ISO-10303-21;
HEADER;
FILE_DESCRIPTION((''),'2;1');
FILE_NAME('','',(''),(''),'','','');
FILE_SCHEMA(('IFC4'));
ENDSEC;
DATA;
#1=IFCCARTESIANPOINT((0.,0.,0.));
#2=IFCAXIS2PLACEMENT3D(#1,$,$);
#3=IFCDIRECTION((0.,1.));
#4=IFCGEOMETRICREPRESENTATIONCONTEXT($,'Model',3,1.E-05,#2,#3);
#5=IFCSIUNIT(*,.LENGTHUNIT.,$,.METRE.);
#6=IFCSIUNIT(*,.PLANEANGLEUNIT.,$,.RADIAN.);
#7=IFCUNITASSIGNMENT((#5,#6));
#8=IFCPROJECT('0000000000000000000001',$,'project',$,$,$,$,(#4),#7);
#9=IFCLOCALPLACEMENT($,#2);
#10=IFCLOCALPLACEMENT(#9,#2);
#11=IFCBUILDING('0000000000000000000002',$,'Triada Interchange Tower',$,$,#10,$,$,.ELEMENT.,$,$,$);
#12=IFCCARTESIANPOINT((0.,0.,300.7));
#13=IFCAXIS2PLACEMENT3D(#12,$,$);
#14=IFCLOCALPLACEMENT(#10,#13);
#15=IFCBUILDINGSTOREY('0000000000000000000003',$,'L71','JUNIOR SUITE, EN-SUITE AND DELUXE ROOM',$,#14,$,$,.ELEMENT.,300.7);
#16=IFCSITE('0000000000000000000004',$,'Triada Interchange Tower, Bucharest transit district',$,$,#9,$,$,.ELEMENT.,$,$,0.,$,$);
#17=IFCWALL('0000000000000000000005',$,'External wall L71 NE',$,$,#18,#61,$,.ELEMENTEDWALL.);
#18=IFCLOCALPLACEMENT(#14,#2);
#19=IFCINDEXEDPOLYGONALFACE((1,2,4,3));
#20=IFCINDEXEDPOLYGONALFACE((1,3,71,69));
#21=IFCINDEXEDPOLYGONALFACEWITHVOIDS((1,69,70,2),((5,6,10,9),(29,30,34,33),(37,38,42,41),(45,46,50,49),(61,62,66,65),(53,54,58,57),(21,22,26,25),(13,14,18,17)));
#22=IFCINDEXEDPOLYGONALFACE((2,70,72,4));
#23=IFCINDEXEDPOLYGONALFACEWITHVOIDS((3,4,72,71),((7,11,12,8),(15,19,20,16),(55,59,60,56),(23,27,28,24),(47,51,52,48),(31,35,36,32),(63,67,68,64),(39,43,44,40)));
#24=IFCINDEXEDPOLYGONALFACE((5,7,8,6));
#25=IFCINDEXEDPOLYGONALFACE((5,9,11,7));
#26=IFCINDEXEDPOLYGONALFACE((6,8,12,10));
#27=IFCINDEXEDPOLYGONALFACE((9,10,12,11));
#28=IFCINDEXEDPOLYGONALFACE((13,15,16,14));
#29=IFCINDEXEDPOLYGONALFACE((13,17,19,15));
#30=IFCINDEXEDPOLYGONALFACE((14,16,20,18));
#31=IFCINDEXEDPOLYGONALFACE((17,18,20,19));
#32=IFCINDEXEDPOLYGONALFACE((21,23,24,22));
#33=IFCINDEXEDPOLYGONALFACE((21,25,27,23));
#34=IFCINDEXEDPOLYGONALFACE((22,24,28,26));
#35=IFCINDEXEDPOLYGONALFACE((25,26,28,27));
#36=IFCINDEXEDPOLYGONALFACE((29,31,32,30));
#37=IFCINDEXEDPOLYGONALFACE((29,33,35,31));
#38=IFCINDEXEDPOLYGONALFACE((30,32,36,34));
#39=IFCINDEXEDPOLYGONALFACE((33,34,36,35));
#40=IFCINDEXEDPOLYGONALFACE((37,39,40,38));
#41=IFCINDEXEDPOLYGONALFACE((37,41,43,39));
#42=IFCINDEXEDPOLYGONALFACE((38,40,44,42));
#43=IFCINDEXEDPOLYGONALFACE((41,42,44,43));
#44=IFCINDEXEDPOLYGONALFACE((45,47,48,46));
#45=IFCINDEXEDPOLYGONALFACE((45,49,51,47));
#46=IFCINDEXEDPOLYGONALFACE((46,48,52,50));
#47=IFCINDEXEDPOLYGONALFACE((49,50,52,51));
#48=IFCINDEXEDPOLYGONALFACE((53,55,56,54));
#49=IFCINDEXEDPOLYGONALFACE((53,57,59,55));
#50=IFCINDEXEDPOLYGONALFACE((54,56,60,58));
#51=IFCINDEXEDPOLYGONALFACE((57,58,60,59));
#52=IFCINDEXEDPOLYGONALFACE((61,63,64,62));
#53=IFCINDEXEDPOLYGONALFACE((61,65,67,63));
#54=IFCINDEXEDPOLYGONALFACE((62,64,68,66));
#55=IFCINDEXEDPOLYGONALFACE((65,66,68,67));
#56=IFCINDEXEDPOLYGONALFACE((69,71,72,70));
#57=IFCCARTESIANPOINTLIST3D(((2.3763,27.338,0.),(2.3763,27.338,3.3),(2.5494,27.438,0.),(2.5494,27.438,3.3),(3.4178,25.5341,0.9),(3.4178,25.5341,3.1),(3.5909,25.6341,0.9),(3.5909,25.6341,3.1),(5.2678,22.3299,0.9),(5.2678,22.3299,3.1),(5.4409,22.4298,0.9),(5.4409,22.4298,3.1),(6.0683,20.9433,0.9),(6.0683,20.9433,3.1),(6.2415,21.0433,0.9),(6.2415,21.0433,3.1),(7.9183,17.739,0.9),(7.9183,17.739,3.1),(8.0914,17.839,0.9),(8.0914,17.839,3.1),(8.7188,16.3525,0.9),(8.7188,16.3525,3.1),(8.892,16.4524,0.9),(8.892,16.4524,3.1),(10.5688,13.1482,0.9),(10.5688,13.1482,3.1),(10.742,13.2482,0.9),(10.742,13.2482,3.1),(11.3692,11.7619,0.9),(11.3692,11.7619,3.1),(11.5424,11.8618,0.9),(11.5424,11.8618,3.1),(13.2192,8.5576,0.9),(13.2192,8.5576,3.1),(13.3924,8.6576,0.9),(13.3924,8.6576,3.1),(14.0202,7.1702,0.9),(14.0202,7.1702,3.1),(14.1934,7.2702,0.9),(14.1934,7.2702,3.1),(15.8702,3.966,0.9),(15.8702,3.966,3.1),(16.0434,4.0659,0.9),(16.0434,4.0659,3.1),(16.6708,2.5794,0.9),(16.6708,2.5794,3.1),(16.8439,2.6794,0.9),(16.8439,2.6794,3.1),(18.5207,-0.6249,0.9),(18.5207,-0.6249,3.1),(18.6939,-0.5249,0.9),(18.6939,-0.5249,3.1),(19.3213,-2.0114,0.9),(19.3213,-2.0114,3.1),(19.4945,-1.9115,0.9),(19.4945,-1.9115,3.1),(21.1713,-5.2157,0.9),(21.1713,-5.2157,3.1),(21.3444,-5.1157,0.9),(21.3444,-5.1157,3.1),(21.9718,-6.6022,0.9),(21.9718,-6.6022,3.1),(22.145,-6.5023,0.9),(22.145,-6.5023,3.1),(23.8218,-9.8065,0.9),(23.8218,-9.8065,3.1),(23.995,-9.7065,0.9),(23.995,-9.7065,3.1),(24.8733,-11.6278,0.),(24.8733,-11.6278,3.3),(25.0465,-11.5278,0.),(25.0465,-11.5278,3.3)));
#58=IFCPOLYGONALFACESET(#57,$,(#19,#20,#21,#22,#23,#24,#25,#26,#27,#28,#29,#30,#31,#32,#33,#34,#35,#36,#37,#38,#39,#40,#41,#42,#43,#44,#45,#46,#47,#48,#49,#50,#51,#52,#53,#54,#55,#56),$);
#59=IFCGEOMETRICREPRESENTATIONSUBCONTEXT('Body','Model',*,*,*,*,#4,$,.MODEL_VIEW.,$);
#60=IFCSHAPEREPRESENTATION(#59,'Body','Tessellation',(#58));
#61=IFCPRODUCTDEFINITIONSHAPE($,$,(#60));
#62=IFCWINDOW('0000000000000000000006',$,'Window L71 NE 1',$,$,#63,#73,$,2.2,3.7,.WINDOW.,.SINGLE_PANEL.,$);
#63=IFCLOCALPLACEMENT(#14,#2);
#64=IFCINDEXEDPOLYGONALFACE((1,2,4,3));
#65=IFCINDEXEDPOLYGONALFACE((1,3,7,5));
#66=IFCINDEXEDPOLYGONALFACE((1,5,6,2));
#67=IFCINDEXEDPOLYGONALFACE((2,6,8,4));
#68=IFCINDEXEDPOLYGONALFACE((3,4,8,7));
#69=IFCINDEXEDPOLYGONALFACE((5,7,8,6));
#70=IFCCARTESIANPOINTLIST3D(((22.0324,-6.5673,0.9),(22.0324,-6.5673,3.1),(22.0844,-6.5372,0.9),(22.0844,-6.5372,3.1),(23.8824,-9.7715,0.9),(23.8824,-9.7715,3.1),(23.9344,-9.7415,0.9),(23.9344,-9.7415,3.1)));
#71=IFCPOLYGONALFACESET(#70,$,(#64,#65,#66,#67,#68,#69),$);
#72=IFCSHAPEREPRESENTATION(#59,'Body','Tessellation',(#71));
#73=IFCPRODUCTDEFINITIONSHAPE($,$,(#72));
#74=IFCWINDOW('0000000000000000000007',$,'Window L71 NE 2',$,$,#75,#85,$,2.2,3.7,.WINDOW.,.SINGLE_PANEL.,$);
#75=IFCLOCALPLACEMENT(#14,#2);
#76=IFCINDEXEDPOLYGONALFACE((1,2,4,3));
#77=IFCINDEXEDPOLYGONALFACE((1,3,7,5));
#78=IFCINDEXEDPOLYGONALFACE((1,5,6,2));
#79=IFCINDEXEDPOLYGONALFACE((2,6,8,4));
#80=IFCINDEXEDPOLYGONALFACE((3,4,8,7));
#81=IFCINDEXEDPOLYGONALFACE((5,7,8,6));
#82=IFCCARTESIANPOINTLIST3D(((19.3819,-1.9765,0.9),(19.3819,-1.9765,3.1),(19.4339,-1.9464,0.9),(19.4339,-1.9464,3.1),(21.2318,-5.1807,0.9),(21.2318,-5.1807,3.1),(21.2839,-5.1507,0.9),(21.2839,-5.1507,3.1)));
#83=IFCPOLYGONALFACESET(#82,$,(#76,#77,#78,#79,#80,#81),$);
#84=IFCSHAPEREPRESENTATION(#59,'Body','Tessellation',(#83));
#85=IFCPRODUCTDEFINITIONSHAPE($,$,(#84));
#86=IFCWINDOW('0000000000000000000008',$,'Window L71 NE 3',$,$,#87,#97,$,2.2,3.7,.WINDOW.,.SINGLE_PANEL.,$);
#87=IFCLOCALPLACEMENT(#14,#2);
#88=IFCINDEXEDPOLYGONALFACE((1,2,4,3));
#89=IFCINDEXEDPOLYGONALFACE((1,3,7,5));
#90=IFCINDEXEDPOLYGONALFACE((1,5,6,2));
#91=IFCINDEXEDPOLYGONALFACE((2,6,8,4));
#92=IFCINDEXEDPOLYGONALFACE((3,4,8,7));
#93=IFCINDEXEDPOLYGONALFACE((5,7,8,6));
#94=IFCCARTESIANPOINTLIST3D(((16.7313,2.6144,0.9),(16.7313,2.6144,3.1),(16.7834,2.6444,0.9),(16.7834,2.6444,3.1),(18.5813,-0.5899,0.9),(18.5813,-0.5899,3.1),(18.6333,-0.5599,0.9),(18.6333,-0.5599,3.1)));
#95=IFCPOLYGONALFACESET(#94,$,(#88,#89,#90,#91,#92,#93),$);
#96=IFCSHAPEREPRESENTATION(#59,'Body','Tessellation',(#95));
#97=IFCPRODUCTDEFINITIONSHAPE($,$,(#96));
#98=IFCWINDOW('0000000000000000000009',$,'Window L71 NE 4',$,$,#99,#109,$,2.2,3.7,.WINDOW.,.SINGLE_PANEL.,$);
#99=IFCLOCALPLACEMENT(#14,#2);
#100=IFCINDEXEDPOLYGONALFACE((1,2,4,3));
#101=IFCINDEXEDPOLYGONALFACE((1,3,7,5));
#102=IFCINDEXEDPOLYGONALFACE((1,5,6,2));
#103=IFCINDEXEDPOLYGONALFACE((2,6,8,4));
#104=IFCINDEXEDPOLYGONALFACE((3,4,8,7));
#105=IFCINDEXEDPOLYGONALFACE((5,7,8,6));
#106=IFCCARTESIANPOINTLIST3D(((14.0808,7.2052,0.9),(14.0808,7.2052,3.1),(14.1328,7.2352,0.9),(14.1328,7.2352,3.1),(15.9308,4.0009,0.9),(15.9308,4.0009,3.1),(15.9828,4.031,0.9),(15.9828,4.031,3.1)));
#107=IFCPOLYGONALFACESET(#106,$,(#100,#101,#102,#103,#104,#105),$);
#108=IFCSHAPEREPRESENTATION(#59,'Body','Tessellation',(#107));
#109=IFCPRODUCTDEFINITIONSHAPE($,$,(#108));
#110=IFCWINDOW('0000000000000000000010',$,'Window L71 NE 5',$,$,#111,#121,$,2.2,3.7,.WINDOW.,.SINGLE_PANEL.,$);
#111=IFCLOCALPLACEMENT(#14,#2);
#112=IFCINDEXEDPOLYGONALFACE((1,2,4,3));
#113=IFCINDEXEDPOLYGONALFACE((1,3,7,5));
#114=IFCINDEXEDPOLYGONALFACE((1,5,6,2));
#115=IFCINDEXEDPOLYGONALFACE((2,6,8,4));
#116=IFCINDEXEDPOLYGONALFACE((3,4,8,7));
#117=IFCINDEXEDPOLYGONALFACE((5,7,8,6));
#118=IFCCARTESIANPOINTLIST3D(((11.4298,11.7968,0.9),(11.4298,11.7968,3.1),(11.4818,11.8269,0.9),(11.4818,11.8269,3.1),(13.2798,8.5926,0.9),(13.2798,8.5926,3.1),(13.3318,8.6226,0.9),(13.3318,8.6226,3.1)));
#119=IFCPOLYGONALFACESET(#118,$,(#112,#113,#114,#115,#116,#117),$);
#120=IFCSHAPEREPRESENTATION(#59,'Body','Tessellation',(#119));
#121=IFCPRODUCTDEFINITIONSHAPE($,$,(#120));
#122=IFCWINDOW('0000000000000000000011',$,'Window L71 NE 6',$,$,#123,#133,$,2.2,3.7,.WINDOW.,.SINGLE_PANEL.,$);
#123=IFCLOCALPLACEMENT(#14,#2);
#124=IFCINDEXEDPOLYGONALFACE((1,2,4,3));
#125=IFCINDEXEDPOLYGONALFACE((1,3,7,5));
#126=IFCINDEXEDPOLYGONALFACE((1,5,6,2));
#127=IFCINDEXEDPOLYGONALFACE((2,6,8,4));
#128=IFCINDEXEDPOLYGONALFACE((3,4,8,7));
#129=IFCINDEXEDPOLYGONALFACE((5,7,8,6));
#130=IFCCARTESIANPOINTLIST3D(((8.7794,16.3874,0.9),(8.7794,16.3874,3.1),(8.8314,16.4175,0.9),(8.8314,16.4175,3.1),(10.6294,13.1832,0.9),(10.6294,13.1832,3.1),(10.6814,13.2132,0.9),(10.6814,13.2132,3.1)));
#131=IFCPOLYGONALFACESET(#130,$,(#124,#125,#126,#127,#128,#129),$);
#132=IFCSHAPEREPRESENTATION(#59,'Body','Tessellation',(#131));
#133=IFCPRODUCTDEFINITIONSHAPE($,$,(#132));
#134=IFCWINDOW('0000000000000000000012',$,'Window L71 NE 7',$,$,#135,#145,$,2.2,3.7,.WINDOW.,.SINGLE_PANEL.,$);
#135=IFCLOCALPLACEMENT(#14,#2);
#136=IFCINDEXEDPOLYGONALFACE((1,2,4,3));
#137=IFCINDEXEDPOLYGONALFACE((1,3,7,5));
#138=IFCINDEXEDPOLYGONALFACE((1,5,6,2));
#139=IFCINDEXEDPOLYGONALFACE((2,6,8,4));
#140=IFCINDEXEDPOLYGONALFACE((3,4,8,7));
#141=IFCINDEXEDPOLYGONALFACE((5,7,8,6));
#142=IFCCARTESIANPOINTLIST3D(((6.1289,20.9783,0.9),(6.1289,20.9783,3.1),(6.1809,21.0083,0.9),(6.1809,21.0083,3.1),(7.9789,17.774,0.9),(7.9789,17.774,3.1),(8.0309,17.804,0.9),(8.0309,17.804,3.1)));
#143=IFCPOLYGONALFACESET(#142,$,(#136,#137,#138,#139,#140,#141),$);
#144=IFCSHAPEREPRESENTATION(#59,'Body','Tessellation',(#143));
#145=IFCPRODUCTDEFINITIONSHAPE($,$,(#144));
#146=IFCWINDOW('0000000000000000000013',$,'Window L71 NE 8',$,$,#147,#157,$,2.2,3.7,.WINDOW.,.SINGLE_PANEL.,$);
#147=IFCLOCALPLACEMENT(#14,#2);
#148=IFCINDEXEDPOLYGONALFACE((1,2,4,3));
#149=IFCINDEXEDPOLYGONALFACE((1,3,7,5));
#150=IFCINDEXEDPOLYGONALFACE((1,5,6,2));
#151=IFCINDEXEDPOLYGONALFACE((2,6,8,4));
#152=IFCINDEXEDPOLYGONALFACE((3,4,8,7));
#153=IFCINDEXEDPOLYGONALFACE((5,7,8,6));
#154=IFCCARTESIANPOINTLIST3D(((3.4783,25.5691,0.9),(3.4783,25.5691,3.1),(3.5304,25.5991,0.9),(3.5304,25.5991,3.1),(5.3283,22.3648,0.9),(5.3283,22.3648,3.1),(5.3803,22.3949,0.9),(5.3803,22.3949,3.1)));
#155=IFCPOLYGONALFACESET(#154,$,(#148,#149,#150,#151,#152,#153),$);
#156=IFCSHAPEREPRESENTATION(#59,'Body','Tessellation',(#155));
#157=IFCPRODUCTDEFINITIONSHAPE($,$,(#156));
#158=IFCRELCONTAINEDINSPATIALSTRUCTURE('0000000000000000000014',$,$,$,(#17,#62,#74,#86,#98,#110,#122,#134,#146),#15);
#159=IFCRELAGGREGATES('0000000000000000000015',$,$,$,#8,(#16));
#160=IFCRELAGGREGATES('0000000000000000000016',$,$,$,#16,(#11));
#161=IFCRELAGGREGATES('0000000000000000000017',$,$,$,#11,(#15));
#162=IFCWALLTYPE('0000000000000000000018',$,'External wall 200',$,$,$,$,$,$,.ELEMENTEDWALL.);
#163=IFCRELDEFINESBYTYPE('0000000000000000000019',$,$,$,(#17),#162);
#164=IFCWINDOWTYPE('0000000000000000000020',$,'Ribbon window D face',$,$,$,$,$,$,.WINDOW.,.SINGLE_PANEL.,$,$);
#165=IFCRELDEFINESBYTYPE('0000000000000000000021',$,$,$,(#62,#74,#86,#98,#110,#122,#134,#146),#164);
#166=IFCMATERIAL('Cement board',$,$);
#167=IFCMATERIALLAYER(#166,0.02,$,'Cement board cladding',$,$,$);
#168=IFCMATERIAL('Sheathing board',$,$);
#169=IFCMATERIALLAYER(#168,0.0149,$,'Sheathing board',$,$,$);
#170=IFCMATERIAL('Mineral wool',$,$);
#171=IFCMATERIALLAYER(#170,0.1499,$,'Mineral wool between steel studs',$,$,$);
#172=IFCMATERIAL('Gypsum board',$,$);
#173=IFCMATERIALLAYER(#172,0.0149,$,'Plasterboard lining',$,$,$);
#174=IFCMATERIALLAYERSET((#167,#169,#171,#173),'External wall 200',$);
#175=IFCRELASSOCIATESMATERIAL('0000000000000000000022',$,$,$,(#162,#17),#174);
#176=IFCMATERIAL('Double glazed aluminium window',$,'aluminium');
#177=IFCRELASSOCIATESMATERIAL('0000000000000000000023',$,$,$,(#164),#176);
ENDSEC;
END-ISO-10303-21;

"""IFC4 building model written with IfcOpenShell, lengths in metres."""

from ifc_helpers import new_model, si_unit, direction, frame, frame_2d, origin, place, context, subcontext, project, spatial, rectangle, extrude, material, layer, layer_set, layer_usage, type_object, element, fill, save


model = new_model("IFC4")

# Units and contexts
model_context = context("Model", 3, precision=1e-05, world=origin(), true_north=direction((0.0, 1.0)))
body_context = subcontext(model_context, "Body", "Model", "MODEL_VIEW")
ifc_project = project(units=[si_unit("LENGTHUNIT", "METRE"), si_unit("PLANEANGLEUNIT", "RADIAN")], contexts=[model_context])

# Site, building, storey
site_placement = place(None, origin())
site = spatial("IfcSite", under=ifc_project, at=site_placement, Name="Triada Interchange Tower, Bucharest transit district", CompositionType="ELEMENT", RefElevation=0.0)
building_placement = place(site_placement, origin())
building = spatial("IfcBuilding", under=site, at=building_placement, Name="Triada Interchange Tower", CompositionType="ELEMENT")
storey_placement = place(building_placement, frame((0.0, 0.0, 300.7)))
storey = spatial("IfcBuildingStorey", under=building, at=storey_placement, Name="L71", Description="JUNIOR SUITE, EN-SUITE AND DELUXE ROOM", CompositionType="ELEMENT", Elevation=300.7)

# Shared definitions
ifc_material_1 = material(Name="Cement board")
ifc_layer_1 = layer(ifc_material_1, 0.02, Name="Cement board cladding")
ifc_material_2 = material(Name="Sheathing board")
ifc_layer_2 = layer(ifc_material_2, 0.0149, Name="Sheathing board")
ifc_material_3 = material(Name="Mineral wool")
ifc_layer_3 = layer(ifc_material_3, 0.1499, Name="Mineral wool between steel studs")
ifc_material_4 = material(Name="Gypsum board")
ifc_layer_4 = layer(ifc_material_4, 0.0149, Name="Plasterboard lining")
ifc_layer_set_1 = layer_set([ifc_layer_1, ifc_layer_2, ifc_layer_3, ifc_layer_4], Name="External wall 200")
ifc_layer_usage = layer_usage(ifc_layer_set_1, "AXIS2", "POSITIVE", -0.1001)
wall_type = type_object("IfcWallType", Name="External wall 200", PredefinedType="ELEMENTEDWALL", material=ifc_layer_set_1)
ifc_material_5 = material(Name="Double glazed aluminium window", Category="aluminium")

# Wall, openings, windows
wall_1_placement = place(storey_placement, frame((24.96, -11.5779, 0.0), z_axis=(0.0, 0.0, 1.0), x_axis=(-0.500002, 0.866024, 0.0)))
wall_1 = element("IfcWall", 1, at=wall_1_placement, inside=storey, type_object=wall_type, material=ifc_layer_usage, Name="External wall L71 NE", PredefinedType="ELEMENTEDWALL", context=body_context, shape_type="SweptSolid", body=[
    extrude(rectangle(XDim=44.9939, YDim=0.2, at=frame_2d((22.4971, 0.0))), origin(), (0.0, 0.0, 1.0), 3.3),
])
opening_1_placement = place(wall_1_placement, frame((2.103, 0.0, 0.8999)))
opening_1 = element("IfcOpeningElement", 2, at=opening_1_placement, cuts=wall_1, PredefinedType="OPENING", context=body_context, shape_type="SweptSolid", body=[
    extrude(rectangle(XDim=3.7, YDim=2.2, at=frame_2d((1.8501, 1.1001))), frame((0.0, 0.1099, 0.0), z_axis=(0.0, -1.0, 0.0), x_axis=(1.0, 0.0, 0.0)), (0.0, 0.0, 1.0), 0.22),
])
opening_2_placement = place(wall_1_placement, frame((7.4041, 0.0, 0.8999)))
opening_2 = element("IfcOpeningElement", 3, at=opening_2_placement, cuts=wall_1, PredefinedType="OPENING", context=body_context, shape_type="SweptSolid", body=[
    extrude(rectangle(XDim=3.7, YDim=2.2, at=frame_2d((1.8501, 1.1001))), frame((0.0, 0.1099, 0.0), z_axis=(0.0, -1.0, 0.0), x_axis=(1.0, 0.0, 0.0)), (0.0, 0.0, 1.0), 0.22),
])
opening_3_placement = place(wall_1_placement, frame((12.7051, 0.0, 0.8999)))
opening_3 = element("IfcOpeningElement", 4, at=opening_3_placement, cuts=wall_1, PredefinedType="OPENING", context=body_context, shape_type="SweptSolid", body=[
    extrude(rectangle(XDim=3.7, YDim=2.2, at=frame_2d((1.8501, 1.1001))), frame((0.0, 0.1099, 0.0), z_axis=(0.0, -1.0, 0.0), x_axis=(1.0, 0.0, 0.0)), (0.0, 0.0, 1.0), 0.22),
])
opening_4_placement = place(wall_1_placement, frame((18.0061, 0.0, 0.8999)))
opening_4 = element("IfcOpeningElement", 5, at=opening_4_placement, cuts=wall_1, PredefinedType="OPENING", context=body_context, shape_type="SweptSolid", body=[
    extrude(rectangle(XDim=3.7, YDim=2.2, at=frame_2d((1.8501, 1.1001))), frame((0.0, 0.1099, 0.0), z_axis=(0.0, -1.0, 0.0), x_axis=(1.0, 0.0, 0.0)), (0.0, 0.0, 1.0), 0.22),
])
opening_5_placement = place(wall_1_placement, frame((23.3081, 0.0, 0.8999)))
opening_5 = element("IfcOpeningElement", 6, at=opening_5_placement, cuts=wall_1, PredefinedType="OPENING", context=body_context, shape_type="SweptSolid", body=[
    extrude(rectangle(XDim=3.7, YDim=2.2, at=frame_2d((1.8501, 1.1001))), frame((0.0, 0.1099, 0.0), z_axis=(0.0, -1.0, 0.0), x_axis=(1.0, 0.0, 0.0)), (0.0, 0.0, 1.0), 0.22),
])
opening_6_placement = place(wall_1_placement, frame((28.6089, 0.0, 0.8999)))
opening_6 = element("IfcOpeningElement", 7, at=opening_6_placement, cuts=wall_1, PredefinedType="OPENING", context=body_context, shape_type="SweptSolid", body=[
    extrude(rectangle(XDim=3.7, YDim=2.2, at=frame_2d((1.8501, 1.1001))), frame((0.0, 0.1099, 0.0), z_axis=(0.0, -1.0, 0.0), x_axis=(1.0, 0.0, 0.0)), (0.0, 0.0, 1.0), 0.22),
])
opening_7_placement = place(wall_1_placement, frame((33.9099, 0.0, 0.8999)))
opening_7 = element("IfcOpeningElement", 8, at=opening_7_placement, cuts=wall_1, PredefinedType="OPENING", context=body_context, shape_type="SweptSolid", body=[
    extrude(rectangle(XDim=3.7, YDim=2.2, at=frame_2d((1.8501, 1.1001))), frame((0.0, 0.1099, 0.0), z_axis=(0.0, -1.0, 0.0), x_axis=(1.0, 0.0, 0.0)), (0.0, 0.0, 1.0), 0.22),
])
opening_8_placement = place(wall_1_placement, frame((39.2109, 0.0, 0.8999)))
opening_8 = element("IfcOpeningElement", 9, at=opening_8_placement, cuts=wall_1, PredefinedType="OPENING", context=body_context, shape_type="SweptSolid", body=[
    extrude(rectangle(XDim=3.7, YDim=2.2, at=frame_2d((1.8501, 1.1001))), frame((0.0, 0.1099, 0.0), z_axis=(0.0, -1.0, 0.0), x_axis=(1.0, 0.0, 0.0)), (0.0, 0.0, 1.0), 0.22),
])
window_type_1 = type_object("IfcWindowType", Name="Ribbon window D face", PartitioningType="SINGLE_PANEL", PredefinedType="WINDOW", material=ifc_material_5)
window_1_placement = place(opening_1_placement, origin())
window_1 = element("IfcWindow", 10, at=window_1_placement, inside=storey, type_object=window_type_1, Name="Window L71 NE 1", OverallHeight=2.2, OverallWidth=3.7, PartitioningType="SINGLE_PANEL", PredefinedType="WINDOW", context=body_context, shape_type="SweptSolid", body=[
    extrude(rectangle(XDim=3.7, YDim=2.2, at=frame_2d((1.8501, 1.1001))), frame((0.0, 0.03, 0.0), z_axis=(0.0, -1.0, 0.0), x_axis=(1.0, 0.0, 0.0)), (0.0, 0.0, 1.0), 0.0601),
])
fill(opening_1, window_1)
window_2_placement = place(opening_2_placement, origin())
window_2 = element("IfcWindow", 11, at=window_2_placement, inside=storey, type_object=window_type_1, Name="Window L71 NE 2", OverallHeight=2.2, OverallWidth=3.7, PartitioningType="SINGLE_PANEL", PredefinedType="WINDOW", context=body_context, shape_type="SweptSolid", body=[
    extrude(rectangle(XDim=3.7, YDim=2.2, at=frame_2d((1.8501, 1.1001))), frame((0.0, 0.03, 0.0), z_axis=(0.0, -1.0, 0.0), x_axis=(1.0, 0.0, 0.0)), (0.0, 0.0, 1.0), 0.0601),
])
fill(opening_2, window_2)
window_3_placement = place(opening_3_placement, origin())
window_3 = element("IfcWindow", 12, at=window_3_placement, inside=storey, type_object=window_type_1, Name="Window L71 NE 3", OverallHeight=2.2, OverallWidth=3.7, PartitioningType="SINGLE_PANEL", PredefinedType="WINDOW", context=body_context, shape_type="SweptSolid", body=[
    extrude(rectangle(XDim=3.7, YDim=2.2, at=frame_2d((1.8501, 1.1001))), frame((0.0, 0.03, 0.0), z_axis=(0.0, -1.0, 0.0), x_axis=(1.0, 0.0, 0.0)), (0.0, 0.0, 1.0), 0.0601),
])
fill(opening_3, window_3)
window_4_placement = place(opening_4_placement, origin())
window_4 = element("IfcWindow", 13, at=window_4_placement, inside=storey, type_object=window_type_1, Name="Window L71 NE 4", OverallHeight=2.2, OverallWidth=3.7, PartitioningType="SINGLE_PANEL", PredefinedType="WINDOW", context=body_context, shape_type="SweptSolid", body=[
    extrude(rectangle(XDim=3.7, YDim=2.2, at=frame_2d((1.8501, 1.1001))), frame((0.0, 0.03, 0.0), z_axis=(0.0, -1.0, 0.0), x_axis=(1.0, 0.0, 0.0)), (0.0, 0.0, 1.0), 0.0601),
])
fill(opening_4, window_4)
window_5_placement = place(opening_5_placement, origin())
window_5 = element("IfcWindow", 14, at=window_5_placement, inside=storey, type_object=window_type_1, Name="Window L71 NE 5", OverallHeight=2.2, OverallWidth=3.7, PartitioningType="SINGLE_PANEL", PredefinedType="WINDOW", context=body_context, shape_type="SweptSolid", body=[
    extrude(rectangle(XDim=3.7, YDim=2.2, at=frame_2d((1.8501, 1.1001))), frame((0.0, 0.03, 0.0), z_axis=(0.0, -1.0, 0.0), x_axis=(1.0, 0.0, 0.0)), (0.0, 0.0, 1.0), 0.0601),
])
fill(opening_5, window_5)
window_6_placement = place(opening_6_placement, origin())
window_6 = element("IfcWindow", 15, at=window_6_placement, inside=storey, type_object=window_type_1, Name="Window L71 NE 6", OverallHeight=2.2, OverallWidth=3.7, PartitioningType="SINGLE_PANEL", PredefinedType="WINDOW", context=body_context, shape_type="SweptSolid", body=[
    extrude(rectangle(XDim=3.7, YDim=2.2, at=frame_2d((1.8501, 1.1001))), frame((0.0, 0.03, 0.0), z_axis=(0.0, -1.0, 0.0), x_axis=(1.0, 0.0, 0.0)), (0.0, 0.0, 1.0), 0.0601),
])
fill(opening_6, window_6)
window_7_placement = place(opening_7_placement, origin())
window_7 = element("IfcWindow", 16, at=window_7_placement, inside=storey, type_object=window_type_1, Name="Window L71 NE 7", OverallHeight=2.2, OverallWidth=3.7, PartitioningType="SINGLE_PANEL", PredefinedType="WINDOW", context=body_context, shape_type="SweptSolid", body=[
    extrude(rectangle(XDim=3.7, YDim=2.2, at=frame_2d((1.8501, 1.1001))), frame((0.0, 0.03, 0.0), z_axis=(0.0, -1.0, 0.0), x_axis=(1.0, 0.0, 0.0)), (0.0, 0.0, 1.0), 0.0601),
])
fill(opening_7, window_7)
window_8_placement = place(opening_8_placement, origin())
window_8 = element("IfcWindow", 17, at=window_8_placement, inside=storey, type_object=window_type_1, Name="Window L71 NE 8", OverallHeight=2.2, OverallWidth=3.7, PartitioningType="SINGLE_PANEL", PredefinedType="WINDOW", context=body_context, shape_type="SweptSolid", body=[
    extrude(rectangle(XDim=3.7, YDim=2.2, at=frame_2d((1.8501, 1.1001))), frame((0.0, 0.03, 0.0), z_axis=(0.0, -1.0, 0.0), x_axis=(1.0, 0.0, 0.0)), (0.0, 0.0, 1.0), 0.0601),
])
fill(opening_8, window_8)

save(model, "model.ifc")
